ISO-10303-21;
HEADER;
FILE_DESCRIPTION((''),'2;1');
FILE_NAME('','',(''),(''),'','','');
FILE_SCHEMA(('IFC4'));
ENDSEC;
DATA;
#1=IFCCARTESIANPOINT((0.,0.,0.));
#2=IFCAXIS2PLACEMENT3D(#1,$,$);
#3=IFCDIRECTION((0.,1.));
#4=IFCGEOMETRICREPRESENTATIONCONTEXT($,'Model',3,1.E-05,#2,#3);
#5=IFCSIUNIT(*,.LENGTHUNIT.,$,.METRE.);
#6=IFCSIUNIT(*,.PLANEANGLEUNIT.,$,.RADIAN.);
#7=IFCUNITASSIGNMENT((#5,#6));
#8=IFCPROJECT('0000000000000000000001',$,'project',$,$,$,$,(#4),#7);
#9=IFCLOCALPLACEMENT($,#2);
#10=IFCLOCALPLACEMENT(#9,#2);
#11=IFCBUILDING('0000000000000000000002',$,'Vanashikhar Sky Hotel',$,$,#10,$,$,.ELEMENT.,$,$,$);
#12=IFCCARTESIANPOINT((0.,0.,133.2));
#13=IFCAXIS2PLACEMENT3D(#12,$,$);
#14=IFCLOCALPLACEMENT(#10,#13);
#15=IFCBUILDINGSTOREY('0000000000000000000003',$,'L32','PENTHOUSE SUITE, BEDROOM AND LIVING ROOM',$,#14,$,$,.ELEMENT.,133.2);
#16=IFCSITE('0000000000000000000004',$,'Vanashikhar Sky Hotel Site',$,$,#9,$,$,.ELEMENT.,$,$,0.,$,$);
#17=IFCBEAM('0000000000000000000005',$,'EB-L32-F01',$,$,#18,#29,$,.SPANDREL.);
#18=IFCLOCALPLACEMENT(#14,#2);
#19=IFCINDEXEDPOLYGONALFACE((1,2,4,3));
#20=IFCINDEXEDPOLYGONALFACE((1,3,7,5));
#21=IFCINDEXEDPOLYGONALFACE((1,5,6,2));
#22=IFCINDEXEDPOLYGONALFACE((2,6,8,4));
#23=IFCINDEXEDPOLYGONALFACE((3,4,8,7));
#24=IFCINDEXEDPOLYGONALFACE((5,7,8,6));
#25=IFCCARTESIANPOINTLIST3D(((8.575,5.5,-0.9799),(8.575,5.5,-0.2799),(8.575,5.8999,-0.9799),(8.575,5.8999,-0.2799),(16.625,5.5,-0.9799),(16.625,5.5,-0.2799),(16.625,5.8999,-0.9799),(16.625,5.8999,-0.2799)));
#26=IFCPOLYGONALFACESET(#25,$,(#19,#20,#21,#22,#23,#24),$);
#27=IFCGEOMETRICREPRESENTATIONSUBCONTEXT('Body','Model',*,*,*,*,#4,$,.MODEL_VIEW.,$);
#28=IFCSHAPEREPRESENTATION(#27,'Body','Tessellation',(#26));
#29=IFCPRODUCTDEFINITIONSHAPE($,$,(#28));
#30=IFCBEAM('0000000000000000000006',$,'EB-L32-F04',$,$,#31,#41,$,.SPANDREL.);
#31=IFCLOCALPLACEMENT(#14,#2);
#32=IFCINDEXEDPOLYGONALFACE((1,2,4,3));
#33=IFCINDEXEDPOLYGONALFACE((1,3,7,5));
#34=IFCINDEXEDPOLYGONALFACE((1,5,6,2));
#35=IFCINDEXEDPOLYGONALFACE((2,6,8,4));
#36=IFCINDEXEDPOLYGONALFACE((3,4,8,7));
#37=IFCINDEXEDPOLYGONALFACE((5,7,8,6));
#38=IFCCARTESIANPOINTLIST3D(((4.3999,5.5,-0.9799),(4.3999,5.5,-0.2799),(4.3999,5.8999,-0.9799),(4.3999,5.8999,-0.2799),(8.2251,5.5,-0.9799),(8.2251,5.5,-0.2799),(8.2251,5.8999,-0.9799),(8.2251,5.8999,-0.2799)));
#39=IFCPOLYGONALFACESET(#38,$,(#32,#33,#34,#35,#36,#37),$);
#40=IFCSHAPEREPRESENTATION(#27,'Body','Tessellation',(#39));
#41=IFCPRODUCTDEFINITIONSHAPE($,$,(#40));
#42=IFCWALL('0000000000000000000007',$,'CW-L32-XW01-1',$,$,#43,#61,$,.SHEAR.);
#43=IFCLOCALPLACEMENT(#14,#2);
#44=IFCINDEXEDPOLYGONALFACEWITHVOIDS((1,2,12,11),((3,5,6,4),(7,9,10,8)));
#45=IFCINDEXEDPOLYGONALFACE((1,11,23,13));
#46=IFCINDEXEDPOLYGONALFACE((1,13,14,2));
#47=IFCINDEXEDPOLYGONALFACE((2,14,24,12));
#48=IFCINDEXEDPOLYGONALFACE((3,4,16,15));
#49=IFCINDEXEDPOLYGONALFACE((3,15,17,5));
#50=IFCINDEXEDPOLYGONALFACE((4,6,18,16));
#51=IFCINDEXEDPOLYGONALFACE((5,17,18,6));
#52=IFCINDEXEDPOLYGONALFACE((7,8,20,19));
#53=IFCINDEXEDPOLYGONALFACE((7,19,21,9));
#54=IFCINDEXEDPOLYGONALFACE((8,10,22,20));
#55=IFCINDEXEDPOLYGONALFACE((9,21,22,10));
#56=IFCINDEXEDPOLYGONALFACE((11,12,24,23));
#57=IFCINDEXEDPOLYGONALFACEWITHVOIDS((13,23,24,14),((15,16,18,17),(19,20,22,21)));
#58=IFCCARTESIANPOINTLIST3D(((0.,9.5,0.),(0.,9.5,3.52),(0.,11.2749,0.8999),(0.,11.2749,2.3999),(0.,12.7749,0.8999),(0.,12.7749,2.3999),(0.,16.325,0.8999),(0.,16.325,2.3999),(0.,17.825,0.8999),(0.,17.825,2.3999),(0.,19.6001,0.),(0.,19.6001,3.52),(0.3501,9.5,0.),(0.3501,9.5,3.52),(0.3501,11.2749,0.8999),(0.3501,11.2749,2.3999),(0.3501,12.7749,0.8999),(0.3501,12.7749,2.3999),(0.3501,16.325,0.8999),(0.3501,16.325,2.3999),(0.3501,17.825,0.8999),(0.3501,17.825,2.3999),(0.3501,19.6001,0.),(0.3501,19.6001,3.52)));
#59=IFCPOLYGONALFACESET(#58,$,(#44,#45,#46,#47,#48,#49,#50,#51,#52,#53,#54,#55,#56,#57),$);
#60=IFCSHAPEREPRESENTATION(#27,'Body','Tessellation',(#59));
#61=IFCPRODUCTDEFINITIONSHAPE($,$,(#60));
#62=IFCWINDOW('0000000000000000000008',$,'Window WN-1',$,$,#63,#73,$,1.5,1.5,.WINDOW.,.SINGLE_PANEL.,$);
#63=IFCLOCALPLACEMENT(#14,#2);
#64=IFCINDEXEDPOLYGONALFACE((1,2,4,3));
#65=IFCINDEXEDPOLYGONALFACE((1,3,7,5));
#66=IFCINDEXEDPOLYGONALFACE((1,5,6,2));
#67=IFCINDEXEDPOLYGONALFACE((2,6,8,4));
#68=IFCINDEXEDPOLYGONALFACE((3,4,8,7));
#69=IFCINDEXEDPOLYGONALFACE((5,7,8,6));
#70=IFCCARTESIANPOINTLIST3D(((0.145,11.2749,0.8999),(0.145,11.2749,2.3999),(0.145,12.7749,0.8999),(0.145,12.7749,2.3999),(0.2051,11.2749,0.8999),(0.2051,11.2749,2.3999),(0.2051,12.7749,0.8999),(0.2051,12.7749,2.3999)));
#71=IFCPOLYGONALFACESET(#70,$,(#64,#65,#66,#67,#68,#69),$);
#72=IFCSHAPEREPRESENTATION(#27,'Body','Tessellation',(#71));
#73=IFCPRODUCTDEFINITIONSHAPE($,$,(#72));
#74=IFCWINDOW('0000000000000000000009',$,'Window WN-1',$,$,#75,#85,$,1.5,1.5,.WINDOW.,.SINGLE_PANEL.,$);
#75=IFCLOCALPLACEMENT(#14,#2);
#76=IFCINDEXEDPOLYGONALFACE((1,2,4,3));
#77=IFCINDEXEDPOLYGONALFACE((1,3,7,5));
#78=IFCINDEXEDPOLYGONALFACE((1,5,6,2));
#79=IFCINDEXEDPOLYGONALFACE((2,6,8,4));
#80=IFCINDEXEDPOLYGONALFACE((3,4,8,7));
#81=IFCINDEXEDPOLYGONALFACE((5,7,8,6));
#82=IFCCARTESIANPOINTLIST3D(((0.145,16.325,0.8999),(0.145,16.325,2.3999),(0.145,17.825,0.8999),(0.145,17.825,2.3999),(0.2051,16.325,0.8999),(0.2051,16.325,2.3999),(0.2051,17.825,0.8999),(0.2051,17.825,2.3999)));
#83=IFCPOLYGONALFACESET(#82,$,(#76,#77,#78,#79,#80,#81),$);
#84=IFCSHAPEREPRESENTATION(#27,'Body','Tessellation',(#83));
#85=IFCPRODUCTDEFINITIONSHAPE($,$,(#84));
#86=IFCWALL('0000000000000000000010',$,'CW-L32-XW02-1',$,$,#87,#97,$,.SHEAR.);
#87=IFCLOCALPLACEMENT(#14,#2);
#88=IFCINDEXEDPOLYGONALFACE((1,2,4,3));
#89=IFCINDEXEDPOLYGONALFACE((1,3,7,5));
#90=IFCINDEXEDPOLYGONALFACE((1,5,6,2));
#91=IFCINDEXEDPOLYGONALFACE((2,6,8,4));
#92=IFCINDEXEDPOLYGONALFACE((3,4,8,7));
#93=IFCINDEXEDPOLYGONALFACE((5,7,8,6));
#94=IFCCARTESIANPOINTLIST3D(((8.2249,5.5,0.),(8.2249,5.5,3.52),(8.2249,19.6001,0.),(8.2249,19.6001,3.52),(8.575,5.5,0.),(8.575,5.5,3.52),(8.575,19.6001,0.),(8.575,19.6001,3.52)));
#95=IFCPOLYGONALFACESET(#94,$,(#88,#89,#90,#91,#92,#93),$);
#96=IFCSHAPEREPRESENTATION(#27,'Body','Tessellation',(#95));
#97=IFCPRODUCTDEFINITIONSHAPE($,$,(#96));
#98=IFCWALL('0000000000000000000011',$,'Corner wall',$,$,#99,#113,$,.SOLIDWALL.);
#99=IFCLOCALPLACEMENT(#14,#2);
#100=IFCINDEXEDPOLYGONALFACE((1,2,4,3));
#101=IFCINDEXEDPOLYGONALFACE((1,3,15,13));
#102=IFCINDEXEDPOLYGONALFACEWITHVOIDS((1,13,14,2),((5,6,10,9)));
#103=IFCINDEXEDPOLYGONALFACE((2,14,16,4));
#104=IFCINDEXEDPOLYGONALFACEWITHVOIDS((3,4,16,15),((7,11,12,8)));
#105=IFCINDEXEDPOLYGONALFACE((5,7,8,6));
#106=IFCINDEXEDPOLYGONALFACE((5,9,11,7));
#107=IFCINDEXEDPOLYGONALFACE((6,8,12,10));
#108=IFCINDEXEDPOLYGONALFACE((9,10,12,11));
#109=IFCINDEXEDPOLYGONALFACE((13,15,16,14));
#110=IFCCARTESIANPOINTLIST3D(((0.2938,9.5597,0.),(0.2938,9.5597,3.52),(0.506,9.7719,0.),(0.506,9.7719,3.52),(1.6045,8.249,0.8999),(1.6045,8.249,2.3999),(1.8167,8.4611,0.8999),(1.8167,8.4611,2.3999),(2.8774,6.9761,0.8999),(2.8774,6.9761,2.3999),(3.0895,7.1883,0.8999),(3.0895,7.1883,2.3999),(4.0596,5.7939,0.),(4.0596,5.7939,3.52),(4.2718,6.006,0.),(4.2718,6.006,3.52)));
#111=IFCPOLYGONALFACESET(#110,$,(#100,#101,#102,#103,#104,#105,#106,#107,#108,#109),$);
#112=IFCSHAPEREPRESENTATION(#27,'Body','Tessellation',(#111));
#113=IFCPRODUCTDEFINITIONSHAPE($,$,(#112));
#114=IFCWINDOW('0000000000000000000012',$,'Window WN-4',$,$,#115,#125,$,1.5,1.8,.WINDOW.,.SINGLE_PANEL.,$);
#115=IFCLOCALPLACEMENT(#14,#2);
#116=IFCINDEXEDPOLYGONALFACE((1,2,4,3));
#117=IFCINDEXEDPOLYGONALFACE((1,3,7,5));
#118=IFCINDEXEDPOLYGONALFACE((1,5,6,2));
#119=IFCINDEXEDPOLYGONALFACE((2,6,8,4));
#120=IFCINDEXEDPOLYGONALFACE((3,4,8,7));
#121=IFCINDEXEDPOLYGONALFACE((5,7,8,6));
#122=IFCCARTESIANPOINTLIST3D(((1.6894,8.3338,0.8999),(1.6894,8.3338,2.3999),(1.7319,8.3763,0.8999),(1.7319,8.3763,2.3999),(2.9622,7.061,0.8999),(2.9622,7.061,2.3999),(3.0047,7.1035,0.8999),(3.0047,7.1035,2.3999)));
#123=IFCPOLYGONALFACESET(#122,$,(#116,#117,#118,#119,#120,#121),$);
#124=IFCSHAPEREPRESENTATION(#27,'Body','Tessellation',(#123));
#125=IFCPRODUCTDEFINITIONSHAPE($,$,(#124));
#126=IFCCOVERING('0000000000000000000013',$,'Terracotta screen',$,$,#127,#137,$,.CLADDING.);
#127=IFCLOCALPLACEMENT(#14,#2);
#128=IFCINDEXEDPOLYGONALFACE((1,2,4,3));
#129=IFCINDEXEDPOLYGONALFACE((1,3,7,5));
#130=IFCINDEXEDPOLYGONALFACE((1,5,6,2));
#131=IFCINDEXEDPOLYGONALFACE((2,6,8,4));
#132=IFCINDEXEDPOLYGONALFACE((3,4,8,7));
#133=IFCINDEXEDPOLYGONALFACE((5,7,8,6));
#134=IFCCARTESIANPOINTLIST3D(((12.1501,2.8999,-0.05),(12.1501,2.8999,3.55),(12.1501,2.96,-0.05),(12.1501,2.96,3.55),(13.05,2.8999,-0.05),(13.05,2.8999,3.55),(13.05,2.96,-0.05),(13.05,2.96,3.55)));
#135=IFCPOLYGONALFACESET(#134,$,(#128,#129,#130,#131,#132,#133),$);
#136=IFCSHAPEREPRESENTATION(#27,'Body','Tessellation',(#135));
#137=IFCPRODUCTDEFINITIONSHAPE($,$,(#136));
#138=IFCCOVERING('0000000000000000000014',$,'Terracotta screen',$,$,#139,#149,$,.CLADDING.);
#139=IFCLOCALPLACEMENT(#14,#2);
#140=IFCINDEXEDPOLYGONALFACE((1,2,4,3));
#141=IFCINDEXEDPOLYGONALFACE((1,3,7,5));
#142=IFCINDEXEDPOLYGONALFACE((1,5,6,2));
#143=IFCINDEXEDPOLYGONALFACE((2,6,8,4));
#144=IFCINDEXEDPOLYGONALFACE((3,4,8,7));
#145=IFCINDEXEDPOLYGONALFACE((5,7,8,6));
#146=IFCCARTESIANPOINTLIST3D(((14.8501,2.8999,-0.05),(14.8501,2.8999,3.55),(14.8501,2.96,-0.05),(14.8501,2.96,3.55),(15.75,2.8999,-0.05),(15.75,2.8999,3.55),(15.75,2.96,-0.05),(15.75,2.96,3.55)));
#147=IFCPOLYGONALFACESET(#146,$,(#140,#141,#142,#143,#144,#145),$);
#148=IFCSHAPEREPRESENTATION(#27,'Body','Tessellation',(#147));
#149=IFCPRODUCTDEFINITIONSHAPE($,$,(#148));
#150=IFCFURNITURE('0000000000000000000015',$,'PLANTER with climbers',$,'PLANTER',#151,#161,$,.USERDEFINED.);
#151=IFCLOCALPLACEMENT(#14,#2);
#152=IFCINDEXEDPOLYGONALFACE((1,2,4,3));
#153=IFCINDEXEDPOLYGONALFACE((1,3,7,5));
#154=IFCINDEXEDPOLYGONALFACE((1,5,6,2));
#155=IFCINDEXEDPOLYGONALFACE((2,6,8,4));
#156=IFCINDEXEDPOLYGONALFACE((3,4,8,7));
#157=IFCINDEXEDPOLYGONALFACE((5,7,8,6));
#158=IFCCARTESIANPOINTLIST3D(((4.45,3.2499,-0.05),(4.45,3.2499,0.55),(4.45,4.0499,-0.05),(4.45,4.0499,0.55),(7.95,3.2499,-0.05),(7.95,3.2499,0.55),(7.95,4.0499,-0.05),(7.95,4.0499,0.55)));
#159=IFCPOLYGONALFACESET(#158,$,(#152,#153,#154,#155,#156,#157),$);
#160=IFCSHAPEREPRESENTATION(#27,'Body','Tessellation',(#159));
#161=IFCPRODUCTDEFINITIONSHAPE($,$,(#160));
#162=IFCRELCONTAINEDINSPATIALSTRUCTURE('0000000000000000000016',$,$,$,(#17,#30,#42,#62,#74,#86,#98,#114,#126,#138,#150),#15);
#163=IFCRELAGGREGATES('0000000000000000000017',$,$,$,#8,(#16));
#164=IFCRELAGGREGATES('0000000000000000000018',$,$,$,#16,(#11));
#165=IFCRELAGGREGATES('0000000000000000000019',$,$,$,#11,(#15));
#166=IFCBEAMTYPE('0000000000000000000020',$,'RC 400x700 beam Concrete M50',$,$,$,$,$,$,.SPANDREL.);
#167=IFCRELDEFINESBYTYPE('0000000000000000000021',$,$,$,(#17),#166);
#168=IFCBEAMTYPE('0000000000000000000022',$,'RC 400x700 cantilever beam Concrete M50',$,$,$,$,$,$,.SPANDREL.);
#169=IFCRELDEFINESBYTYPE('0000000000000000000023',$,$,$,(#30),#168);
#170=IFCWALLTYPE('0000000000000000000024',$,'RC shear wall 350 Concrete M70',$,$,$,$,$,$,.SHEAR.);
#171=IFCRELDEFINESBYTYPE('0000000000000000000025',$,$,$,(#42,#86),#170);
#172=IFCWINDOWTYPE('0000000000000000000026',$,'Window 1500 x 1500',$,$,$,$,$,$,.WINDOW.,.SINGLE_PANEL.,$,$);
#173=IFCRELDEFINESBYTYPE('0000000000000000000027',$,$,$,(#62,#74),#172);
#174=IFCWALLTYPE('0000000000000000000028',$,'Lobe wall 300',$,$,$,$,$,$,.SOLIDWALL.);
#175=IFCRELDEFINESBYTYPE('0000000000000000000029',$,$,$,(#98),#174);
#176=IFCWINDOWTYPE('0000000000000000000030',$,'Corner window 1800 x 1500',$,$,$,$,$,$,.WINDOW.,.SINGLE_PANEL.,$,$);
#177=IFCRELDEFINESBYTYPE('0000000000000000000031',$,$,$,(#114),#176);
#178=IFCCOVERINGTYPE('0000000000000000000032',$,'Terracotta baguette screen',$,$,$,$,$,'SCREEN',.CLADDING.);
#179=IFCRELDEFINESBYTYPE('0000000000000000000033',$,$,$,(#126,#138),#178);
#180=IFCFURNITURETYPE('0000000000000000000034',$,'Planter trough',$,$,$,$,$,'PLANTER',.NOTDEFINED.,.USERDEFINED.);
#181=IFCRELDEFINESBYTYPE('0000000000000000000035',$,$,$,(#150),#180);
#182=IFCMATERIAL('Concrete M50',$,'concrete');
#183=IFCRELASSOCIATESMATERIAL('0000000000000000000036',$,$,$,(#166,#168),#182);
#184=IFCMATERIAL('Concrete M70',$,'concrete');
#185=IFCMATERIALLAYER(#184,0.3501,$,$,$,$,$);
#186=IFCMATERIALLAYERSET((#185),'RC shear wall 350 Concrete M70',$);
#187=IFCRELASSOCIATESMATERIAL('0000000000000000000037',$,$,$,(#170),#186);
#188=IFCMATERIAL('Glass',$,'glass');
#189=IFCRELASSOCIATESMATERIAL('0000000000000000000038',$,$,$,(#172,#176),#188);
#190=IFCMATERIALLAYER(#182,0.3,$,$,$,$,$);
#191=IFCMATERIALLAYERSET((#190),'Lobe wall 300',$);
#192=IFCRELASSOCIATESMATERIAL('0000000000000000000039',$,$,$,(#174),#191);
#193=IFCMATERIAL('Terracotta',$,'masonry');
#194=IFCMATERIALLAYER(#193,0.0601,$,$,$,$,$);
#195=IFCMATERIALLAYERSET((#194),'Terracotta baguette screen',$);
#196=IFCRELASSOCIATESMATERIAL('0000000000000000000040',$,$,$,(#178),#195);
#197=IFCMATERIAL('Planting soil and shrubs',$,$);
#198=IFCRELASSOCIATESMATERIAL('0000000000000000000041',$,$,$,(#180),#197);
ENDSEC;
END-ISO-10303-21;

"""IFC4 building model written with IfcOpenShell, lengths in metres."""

from ifc_helpers import new_model, si_unit, direction, frame, frame_2d, origin, origin_2d, place, context, subcontext, project, spatial, rectangle, extrude, source, transform, mapped, material, layer, layer_set, material_profile, profile_set, type_object, element, fill, save


model = new_model("IFC4")

# Units and contexts
model_context = context("Model", 3, precision=1e-05, world=origin(), true_north=direction((0.0, 1.0)))
body_context = subcontext(model_context, "Body", "Model", "MODEL_VIEW")
ifc_project = project(units=[si_unit("LENGTHUNIT", "METRE"), si_unit("PLANEANGLEUNIT", "RADIAN")], contexts=[model_context])

# Site, building, storey
site_placement = place(None, origin())
site = spatial("IfcSite", under=ifc_project, at=site_placement, Name="Vanashikhar Sky Hotel Site", CompositionType="ELEMENT", RefElevation=0.0)
building_placement = place(site_placement, origin())
building = spatial("IfcBuilding", under=site, at=building_placement, Name="Vanashikhar Sky Hotel", CompositionType="ELEMENT")
storey_placement = place(building_placement, frame((0.0, 0.0, 133.2)))
storey = spatial("IfcBuildingStorey", under=building, at=storey_placement, Name="L32", Description="PENTHOUSE SUITE, BEDROOM AND LIVING ROOM", CompositionType="ELEMENT", Elevation=133.2)

# Beams
ifc_material_1 = material(Name="Concrete M50", Category="concrete")
ifc_material_profile_1 = material_profile(ifc_material_1, rectangle(XDim=0.3999, YDim=0.7, at=origin_2d()))
ifc_profile_set_1 = profile_set([ifc_material_profile_1], Name="RC 400x700 beam Concrete M50")
beam_type_1 = type_object("IfcBeamType", Name="RC 400x700 beam Concrete M50", PredefinedType="SPANDREL", material=ifc_profile_set_1)
shared_shape_1 = source(origin(), body_context, "Body", "SweptSolid", [
    extrude(rectangle(XDim=0.3999, YDim=0.7, at=origin_2d()), origin(), (0.0, 0.0, 1.0), 8.05),
])
beam_1_placement = place(storey_placement, frame((8.575, 5.7, -0.6299), z_axis=(1.0, 0.0, 0.0), x_axis=(0.0, 1.0, 0.0)))
element("IfcBeam", 1, at=beam_1_placement, inside=storey, type_object=beam_type_1, Name="EB-L32-F01", PredefinedType="SPANDREL", context=body_context, shape_type="MappedRepresentation", body=[
    mapped(shared_shape_1, transform((0.0, 0.0, 0.0), scale=1.0)),
])
ifc_material_profile_2 = material_profile(ifc_material_1, rectangle(XDim=0.3999, YDim=0.7, at=origin_2d()))
ifc_profile_set_2 = profile_set([ifc_material_profile_2], Name="RC 400x700 cantilever beam Concrete M50")
beam_type_2 = type_object("IfcBeamType", Name="RC 400x700 cantilever beam Concrete M50", PredefinedType="SPANDREL", material=ifc_profile_set_2)
shared_shape_2 = source(origin(), body_context, "Body", "SweptSolid", [
    extrude(rectangle(XDim=0.3999, YDim=0.7, at=origin_2d()), origin(), (0.0, 0.0, 1.0), 3.8252),
])
beam_2_placement = place(storey_placement, frame((4.3999, 5.7, -0.6299), z_axis=(1.0, 0.0, 0.0), x_axis=(0.0, 1.0, 0.0)))
element("IfcBeam", 2, at=beam_2_placement, inside=storey, type_object=beam_type_2, Name="EB-L32-F04", PredefinedType="SPANDREL", context=body_context, shape_type="MappedRepresentation", body=[
    mapped(shared_shape_2, transform((0.0, 0.0, 0.0), scale=1.0)),
])

# Wall, openings, windows
ifc_material_2 = material(Name="Concrete M70", Category="concrete")
ifc_layer_1 = layer(ifc_material_2, 0.3501)
ifc_layer_set_1 = layer_set([ifc_layer_1], Name="RC shear wall 350 Concrete M70")
wall_type_1 = type_object("IfcWallType", Name="RC shear wall 350 Concrete M70", PredefinedType="SHEAR", material=ifc_layer_set_1)
shared_shape_3 = source(origin(), body_context, "Body", "SweptSolid", [
    extrude(rectangle(XDim=10.1001, YDim=0.3501, at=frame_2d((5.05, 0.0))), origin(), (0.0, 0.0, 1.0), 3.52),
])
wall_1_placement = place(storey_placement, frame((0.175, 9.5, 0.0), z_axis=(0.0, 0.0, 1.0), x_axis=(0.0, 1.0, 0.0)))
wall_1 = element("IfcWall", 3, at=wall_1_placement, inside=storey, type_object=wall_type_1, Name="CW-L32-XW01-1", PredefinedType="SHEAR", context=body_context, shape_type="MappedRepresentation", body=[
    mapped(shared_shape_3, transform((0.0, 0.0, 0.0), scale=1.0)),
])
shared_shape_4 = source(origin(), body_context, "Body", "SweptSolid", [
    extrude(rectangle(XDim=1.5, YDim=1.5, at=frame_2d((0.75, 0.75))), frame((0.0, 0.1851, 0.0), z_axis=(0.0, -1.0, 0.0), x_axis=(1.0, 0.0, 0.0)), (0.0, 0.0, 1.0), 0.3701),
])
opening_1_placement = place(wall_1_placement, frame((1.7749, 0.0, 0.8999)))
opening_1 = element("IfcOpeningElement", 4, at=opening_1_placement, cuts=wall_1, PredefinedType="OPENING", context=body_context, shape_type="MappedRepresentation", body=[
    mapped(shared_shape_4, transform((0.0, 0.0, 0.0), scale=1.0)),
])
opening_2_placement = place(wall_1_placement, frame((6.825, 0.0, 0.8999)))
opening_2 = element("IfcOpeningElement", 5, at=opening_2_placement, cuts=wall_1, PredefinedType="OPENING", context=body_context, shape_type="MappedRepresentation", body=[
    mapped(shared_shape_4, transform((0.0, 0.0, 0.0), scale=1.0)),
])
ifc_material_3 = material(Name="Glass", Category="glass")
window_type_1 = type_object("IfcWindowType", Name="Window 1500 x 1500", PartitioningType="SINGLE_PANEL", PredefinedType="WINDOW", material=ifc_material_3)
shared_shape_5 = source(origin(), body_context, "Body", "SweptSolid", [
    extrude(rectangle(XDim=1.5, YDim=1.5, at=frame_2d((0.75, 0.75))), frame((0.0, 0.03, 0.0), z_axis=(0.0, -1.0, 0.0), x_axis=(1.0, 0.0, 0.0)), (0.0, 0.0, 1.0), 0.0601),
])
window_1_placement = place(opening_1_placement, origin())
window_1 = element("IfcWindow", 6, at=window_1_placement, inside=storey, type_object=window_type_1, Name="Window WN-1", OverallHeight=1.5, OverallWidth=1.5, PartitioningType="SINGLE_PANEL", PredefinedType="WINDOW", context=body_context, shape_type="MappedRepresentation", body=[
    mapped(shared_shape_5, transform((0.0, 0.0, 0.0), scale=1.0)),
])
fill(opening_1, window_1)
window_2_placement = place(opening_2_placement, origin())
window_2 = element("IfcWindow", 7, at=window_2_placement, inside=storey, type_object=window_type_1, Name="Window WN-1", OverallHeight=1.5, OverallWidth=1.5, PartitioningType="SINGLE_PANEL", PredefinedType="WINDOW", context=body_context, shape_type="MappedRepresentation", body=[
    mapped(shared_shape_5, transform((0.0, 0.0, 0.0), scale=1.0)),
])
fill(opening_2, window_2)

# Wall
shared_shape_6 = source(origin(), body_context, "Body", "SweptSolid", [
    extrude(rectangle(XDim=14.1001, YDim=0.3501, at=frame_2d((7.05, 0.0))), origin(), (0.0, 0.0, 1.0), 3.52),
])
wall_2_placement = place(storey_placement, frame((8.3999, 5.5, 0.0), z_axis=(0.0, 0.0, 1.0), x_axis=(0.0, 1.0, 0.0)))
element("IfcWall", 8, at=wall_2_placement, inside=storey, type_object=wall_type_1, Name="CW-L32-XW02-1", PredefinedType="SHEAR", context=body_context, shape_type="MappedRepresentation", body=[
    mapped(shared_shape_6, transform((0.0, 0.0, 0.0), scale=1.0)),
])

# Wall, opening, window
ifc_layer_2 = layer(ifc_material_1, 0.3)
ifc_layer_set_2 = layer_set([ifc_layer_2], Name="Lobe wall 300")
wall_type_2 = type_object("IfcWallType", Name="Lobe wall 300", PredefinedType="SOLIDWALL", material=ifc_layer_set_2)
shared_shape_7 = source(origin(), body_context, "Body", "SweptSolid", [
    extrude(rectangle(XDim=5.3257, YDim=0.3, at=frame_2d((2.6628, 0.0))), origin(), (0.0, 0.0, 1.0), 3.52),
])
wall_3_placement = place(storey_placement, frame((0.3999, 9.6658, 0.0), z_axis=(0.0, 0.0, 1.0), x_axis=(0.707107, -0.707107, 0.0)))
wall_3 = element("IfcWall", 9, at=wall_3_placement, inside=storey, type_object=wall_type_2, Name="Corner wall", PredefinedType="SOLIDWALL", context=body_context, shape_type="MappedRepresentation", body=[
    mapped(shared_shape_7, transform((0.0, 0.0, 0.0), scale=1.0)),
])
shared_shape_8 = source(origin(), body_context, "Body", "SweptSolid", [
    extrude(rectangle(XDim=1.8, YDim=1.5, at=frame_2d((0.8999, 0.75))), frame((0.0, 0.1602, 0.0), z_axis=(0.0, -1.0, 0.0), x_axis=(1.0, 0.0, 0.0)), (0.0, 0.0, 1.0), 0.3201),
])
opening_3_placement = place(wall_3_placement, frame((1.8538, 0.0, 0.8999)))
opening_3 = element("IfcOpeningElement", 10, at=opening_3_placement, cuts=wall_3, PredefinedType="OPENING", context=body_context, shape_type="MappedRepresentation", body=[
    mapped(shared_shape_8, transform((0.0, 0.0, 0.0), scale=1.0)),
])
window_type_2 = type_object("IfcWindowType", Name="Corner window 1800 x 1500", PartitioningType="SINGLE_PANEL", PredefinedType="WINDOW", material=ifc_material_3)
shared_shape_9 = source(origin(), body_context, "Body", "SweptSolid", [
    extrude(rectangle(XDim=1.8, YDim=1.5, at=frame_2d((0.8999, 0.75))), frame((0.0, 0.03, 0.0), z_axis=(0.0, -1.0, 0.0), x_axis=(1.0, 0.0, 0.0)), (0.0, 0.0, 1.0), 0.0601),
])
window_3_placement = place(opening_3_placement, origin())
window_3 = element("IfcWindow", 11, at=window_3_placement, inside=storey, type_object=window_type_2, Name="Window WN-4", OverallHeight=1.5, OverallWidth=1.8, PartitioningType="SINGLE_PANEL", PredefinedType="WINDOW", context=body_context, shape_type="MappedRepresentation", body=[
    mapped(shared_shape_9, transform((0.0, 0.0, 0.0), scale=1.0)),
])
fill(opening_3, window_3)

# Coverings
ifc_material_4 = material(Name="Terracotta", Category="masonry")
ifc_layer_3 = layer(ifc_material_4, 0.0601)
ifc_layer_set_3 = layer_set([ifc_layer_3], Name="Terracotta baguette screen")
covering_type = type_object("IfcCoveringType", Name="Terracotta baguette screen", ElementType="SCREEN", PredefinedType="CLADDING", material=ifc_layer_set_3)
shared_shape_10 = source(origin(), body_context, "Body", "SweptSolid", [
    extrude(rectangle(XDim=0.8999, YDim=0.0601, at=origin_2d()), origin(), (0.0, 0.0, 1.0), 3.6001),
])
for number, where, z_axis, x_axis, name in (
    (12, (12.6001, 2.9299, -0.05), (0.0, 0.0, 1.0), (1.0, 0.0, 0.0), "Terracotta screen"),
    (13, (15.3, 2.9299, -0.05), (0.0, 0.0, 1.0), (1.0, 0.0, 0.0), "Terracotta screen"),
):
    element("IfcCovering", number, at=place(storey_placement, frame(where, z_axis=z_axis, x_axis=x_axis)), inside=storey, type_object=covering_type, Name=name, PredefinedType="CLADDING", context=body_context, shape_type="MappedRepresentation", body=[
        mapped(shared_shape_10, transform((0.0, 0.0, 0.0), scale=1.0)),
    ])

# Furniture
ifc_material_5 = material(Name="Planting soil and shrubs")
furniture_type = type_object("IfcFurnitureType", Name="Planter trough", ElementType="PLANTER", AssemblyPlace="NOTDEFINED", PredefinedType="USERDEFINED", material=ifc_material_5)
shared_shape_11 = source(origin(), body_context, "Body", "SweptSolid", [
    extrude(rectangle(XDim=3.5, YDim=0.8, at=origin_2d()), origin(), (0.0, 0.0, 1.0), 0.6001),
])
furniture_1_placement = place(storey_placement, frame((6.2, 3.6499, -0.05), z_axis=(0.0, 0.0, 1.0), x_axis=(1.0, 0.0, 0.0)))
element("IfcFurniture", 14, at=furniture_1_placement, inside=storey, type_object=furniture_type, Name="PLANTER with climbers", ObjectType="PLANTER", PredefinedType="USERDEFINED", context=body_context, shape_type="MappedRepresentation", body=[
    mapped(shared_shape_11, transform((0.0, 0.0, 0.0), scale=1.0)),
])

save(model, "model.ifc")
